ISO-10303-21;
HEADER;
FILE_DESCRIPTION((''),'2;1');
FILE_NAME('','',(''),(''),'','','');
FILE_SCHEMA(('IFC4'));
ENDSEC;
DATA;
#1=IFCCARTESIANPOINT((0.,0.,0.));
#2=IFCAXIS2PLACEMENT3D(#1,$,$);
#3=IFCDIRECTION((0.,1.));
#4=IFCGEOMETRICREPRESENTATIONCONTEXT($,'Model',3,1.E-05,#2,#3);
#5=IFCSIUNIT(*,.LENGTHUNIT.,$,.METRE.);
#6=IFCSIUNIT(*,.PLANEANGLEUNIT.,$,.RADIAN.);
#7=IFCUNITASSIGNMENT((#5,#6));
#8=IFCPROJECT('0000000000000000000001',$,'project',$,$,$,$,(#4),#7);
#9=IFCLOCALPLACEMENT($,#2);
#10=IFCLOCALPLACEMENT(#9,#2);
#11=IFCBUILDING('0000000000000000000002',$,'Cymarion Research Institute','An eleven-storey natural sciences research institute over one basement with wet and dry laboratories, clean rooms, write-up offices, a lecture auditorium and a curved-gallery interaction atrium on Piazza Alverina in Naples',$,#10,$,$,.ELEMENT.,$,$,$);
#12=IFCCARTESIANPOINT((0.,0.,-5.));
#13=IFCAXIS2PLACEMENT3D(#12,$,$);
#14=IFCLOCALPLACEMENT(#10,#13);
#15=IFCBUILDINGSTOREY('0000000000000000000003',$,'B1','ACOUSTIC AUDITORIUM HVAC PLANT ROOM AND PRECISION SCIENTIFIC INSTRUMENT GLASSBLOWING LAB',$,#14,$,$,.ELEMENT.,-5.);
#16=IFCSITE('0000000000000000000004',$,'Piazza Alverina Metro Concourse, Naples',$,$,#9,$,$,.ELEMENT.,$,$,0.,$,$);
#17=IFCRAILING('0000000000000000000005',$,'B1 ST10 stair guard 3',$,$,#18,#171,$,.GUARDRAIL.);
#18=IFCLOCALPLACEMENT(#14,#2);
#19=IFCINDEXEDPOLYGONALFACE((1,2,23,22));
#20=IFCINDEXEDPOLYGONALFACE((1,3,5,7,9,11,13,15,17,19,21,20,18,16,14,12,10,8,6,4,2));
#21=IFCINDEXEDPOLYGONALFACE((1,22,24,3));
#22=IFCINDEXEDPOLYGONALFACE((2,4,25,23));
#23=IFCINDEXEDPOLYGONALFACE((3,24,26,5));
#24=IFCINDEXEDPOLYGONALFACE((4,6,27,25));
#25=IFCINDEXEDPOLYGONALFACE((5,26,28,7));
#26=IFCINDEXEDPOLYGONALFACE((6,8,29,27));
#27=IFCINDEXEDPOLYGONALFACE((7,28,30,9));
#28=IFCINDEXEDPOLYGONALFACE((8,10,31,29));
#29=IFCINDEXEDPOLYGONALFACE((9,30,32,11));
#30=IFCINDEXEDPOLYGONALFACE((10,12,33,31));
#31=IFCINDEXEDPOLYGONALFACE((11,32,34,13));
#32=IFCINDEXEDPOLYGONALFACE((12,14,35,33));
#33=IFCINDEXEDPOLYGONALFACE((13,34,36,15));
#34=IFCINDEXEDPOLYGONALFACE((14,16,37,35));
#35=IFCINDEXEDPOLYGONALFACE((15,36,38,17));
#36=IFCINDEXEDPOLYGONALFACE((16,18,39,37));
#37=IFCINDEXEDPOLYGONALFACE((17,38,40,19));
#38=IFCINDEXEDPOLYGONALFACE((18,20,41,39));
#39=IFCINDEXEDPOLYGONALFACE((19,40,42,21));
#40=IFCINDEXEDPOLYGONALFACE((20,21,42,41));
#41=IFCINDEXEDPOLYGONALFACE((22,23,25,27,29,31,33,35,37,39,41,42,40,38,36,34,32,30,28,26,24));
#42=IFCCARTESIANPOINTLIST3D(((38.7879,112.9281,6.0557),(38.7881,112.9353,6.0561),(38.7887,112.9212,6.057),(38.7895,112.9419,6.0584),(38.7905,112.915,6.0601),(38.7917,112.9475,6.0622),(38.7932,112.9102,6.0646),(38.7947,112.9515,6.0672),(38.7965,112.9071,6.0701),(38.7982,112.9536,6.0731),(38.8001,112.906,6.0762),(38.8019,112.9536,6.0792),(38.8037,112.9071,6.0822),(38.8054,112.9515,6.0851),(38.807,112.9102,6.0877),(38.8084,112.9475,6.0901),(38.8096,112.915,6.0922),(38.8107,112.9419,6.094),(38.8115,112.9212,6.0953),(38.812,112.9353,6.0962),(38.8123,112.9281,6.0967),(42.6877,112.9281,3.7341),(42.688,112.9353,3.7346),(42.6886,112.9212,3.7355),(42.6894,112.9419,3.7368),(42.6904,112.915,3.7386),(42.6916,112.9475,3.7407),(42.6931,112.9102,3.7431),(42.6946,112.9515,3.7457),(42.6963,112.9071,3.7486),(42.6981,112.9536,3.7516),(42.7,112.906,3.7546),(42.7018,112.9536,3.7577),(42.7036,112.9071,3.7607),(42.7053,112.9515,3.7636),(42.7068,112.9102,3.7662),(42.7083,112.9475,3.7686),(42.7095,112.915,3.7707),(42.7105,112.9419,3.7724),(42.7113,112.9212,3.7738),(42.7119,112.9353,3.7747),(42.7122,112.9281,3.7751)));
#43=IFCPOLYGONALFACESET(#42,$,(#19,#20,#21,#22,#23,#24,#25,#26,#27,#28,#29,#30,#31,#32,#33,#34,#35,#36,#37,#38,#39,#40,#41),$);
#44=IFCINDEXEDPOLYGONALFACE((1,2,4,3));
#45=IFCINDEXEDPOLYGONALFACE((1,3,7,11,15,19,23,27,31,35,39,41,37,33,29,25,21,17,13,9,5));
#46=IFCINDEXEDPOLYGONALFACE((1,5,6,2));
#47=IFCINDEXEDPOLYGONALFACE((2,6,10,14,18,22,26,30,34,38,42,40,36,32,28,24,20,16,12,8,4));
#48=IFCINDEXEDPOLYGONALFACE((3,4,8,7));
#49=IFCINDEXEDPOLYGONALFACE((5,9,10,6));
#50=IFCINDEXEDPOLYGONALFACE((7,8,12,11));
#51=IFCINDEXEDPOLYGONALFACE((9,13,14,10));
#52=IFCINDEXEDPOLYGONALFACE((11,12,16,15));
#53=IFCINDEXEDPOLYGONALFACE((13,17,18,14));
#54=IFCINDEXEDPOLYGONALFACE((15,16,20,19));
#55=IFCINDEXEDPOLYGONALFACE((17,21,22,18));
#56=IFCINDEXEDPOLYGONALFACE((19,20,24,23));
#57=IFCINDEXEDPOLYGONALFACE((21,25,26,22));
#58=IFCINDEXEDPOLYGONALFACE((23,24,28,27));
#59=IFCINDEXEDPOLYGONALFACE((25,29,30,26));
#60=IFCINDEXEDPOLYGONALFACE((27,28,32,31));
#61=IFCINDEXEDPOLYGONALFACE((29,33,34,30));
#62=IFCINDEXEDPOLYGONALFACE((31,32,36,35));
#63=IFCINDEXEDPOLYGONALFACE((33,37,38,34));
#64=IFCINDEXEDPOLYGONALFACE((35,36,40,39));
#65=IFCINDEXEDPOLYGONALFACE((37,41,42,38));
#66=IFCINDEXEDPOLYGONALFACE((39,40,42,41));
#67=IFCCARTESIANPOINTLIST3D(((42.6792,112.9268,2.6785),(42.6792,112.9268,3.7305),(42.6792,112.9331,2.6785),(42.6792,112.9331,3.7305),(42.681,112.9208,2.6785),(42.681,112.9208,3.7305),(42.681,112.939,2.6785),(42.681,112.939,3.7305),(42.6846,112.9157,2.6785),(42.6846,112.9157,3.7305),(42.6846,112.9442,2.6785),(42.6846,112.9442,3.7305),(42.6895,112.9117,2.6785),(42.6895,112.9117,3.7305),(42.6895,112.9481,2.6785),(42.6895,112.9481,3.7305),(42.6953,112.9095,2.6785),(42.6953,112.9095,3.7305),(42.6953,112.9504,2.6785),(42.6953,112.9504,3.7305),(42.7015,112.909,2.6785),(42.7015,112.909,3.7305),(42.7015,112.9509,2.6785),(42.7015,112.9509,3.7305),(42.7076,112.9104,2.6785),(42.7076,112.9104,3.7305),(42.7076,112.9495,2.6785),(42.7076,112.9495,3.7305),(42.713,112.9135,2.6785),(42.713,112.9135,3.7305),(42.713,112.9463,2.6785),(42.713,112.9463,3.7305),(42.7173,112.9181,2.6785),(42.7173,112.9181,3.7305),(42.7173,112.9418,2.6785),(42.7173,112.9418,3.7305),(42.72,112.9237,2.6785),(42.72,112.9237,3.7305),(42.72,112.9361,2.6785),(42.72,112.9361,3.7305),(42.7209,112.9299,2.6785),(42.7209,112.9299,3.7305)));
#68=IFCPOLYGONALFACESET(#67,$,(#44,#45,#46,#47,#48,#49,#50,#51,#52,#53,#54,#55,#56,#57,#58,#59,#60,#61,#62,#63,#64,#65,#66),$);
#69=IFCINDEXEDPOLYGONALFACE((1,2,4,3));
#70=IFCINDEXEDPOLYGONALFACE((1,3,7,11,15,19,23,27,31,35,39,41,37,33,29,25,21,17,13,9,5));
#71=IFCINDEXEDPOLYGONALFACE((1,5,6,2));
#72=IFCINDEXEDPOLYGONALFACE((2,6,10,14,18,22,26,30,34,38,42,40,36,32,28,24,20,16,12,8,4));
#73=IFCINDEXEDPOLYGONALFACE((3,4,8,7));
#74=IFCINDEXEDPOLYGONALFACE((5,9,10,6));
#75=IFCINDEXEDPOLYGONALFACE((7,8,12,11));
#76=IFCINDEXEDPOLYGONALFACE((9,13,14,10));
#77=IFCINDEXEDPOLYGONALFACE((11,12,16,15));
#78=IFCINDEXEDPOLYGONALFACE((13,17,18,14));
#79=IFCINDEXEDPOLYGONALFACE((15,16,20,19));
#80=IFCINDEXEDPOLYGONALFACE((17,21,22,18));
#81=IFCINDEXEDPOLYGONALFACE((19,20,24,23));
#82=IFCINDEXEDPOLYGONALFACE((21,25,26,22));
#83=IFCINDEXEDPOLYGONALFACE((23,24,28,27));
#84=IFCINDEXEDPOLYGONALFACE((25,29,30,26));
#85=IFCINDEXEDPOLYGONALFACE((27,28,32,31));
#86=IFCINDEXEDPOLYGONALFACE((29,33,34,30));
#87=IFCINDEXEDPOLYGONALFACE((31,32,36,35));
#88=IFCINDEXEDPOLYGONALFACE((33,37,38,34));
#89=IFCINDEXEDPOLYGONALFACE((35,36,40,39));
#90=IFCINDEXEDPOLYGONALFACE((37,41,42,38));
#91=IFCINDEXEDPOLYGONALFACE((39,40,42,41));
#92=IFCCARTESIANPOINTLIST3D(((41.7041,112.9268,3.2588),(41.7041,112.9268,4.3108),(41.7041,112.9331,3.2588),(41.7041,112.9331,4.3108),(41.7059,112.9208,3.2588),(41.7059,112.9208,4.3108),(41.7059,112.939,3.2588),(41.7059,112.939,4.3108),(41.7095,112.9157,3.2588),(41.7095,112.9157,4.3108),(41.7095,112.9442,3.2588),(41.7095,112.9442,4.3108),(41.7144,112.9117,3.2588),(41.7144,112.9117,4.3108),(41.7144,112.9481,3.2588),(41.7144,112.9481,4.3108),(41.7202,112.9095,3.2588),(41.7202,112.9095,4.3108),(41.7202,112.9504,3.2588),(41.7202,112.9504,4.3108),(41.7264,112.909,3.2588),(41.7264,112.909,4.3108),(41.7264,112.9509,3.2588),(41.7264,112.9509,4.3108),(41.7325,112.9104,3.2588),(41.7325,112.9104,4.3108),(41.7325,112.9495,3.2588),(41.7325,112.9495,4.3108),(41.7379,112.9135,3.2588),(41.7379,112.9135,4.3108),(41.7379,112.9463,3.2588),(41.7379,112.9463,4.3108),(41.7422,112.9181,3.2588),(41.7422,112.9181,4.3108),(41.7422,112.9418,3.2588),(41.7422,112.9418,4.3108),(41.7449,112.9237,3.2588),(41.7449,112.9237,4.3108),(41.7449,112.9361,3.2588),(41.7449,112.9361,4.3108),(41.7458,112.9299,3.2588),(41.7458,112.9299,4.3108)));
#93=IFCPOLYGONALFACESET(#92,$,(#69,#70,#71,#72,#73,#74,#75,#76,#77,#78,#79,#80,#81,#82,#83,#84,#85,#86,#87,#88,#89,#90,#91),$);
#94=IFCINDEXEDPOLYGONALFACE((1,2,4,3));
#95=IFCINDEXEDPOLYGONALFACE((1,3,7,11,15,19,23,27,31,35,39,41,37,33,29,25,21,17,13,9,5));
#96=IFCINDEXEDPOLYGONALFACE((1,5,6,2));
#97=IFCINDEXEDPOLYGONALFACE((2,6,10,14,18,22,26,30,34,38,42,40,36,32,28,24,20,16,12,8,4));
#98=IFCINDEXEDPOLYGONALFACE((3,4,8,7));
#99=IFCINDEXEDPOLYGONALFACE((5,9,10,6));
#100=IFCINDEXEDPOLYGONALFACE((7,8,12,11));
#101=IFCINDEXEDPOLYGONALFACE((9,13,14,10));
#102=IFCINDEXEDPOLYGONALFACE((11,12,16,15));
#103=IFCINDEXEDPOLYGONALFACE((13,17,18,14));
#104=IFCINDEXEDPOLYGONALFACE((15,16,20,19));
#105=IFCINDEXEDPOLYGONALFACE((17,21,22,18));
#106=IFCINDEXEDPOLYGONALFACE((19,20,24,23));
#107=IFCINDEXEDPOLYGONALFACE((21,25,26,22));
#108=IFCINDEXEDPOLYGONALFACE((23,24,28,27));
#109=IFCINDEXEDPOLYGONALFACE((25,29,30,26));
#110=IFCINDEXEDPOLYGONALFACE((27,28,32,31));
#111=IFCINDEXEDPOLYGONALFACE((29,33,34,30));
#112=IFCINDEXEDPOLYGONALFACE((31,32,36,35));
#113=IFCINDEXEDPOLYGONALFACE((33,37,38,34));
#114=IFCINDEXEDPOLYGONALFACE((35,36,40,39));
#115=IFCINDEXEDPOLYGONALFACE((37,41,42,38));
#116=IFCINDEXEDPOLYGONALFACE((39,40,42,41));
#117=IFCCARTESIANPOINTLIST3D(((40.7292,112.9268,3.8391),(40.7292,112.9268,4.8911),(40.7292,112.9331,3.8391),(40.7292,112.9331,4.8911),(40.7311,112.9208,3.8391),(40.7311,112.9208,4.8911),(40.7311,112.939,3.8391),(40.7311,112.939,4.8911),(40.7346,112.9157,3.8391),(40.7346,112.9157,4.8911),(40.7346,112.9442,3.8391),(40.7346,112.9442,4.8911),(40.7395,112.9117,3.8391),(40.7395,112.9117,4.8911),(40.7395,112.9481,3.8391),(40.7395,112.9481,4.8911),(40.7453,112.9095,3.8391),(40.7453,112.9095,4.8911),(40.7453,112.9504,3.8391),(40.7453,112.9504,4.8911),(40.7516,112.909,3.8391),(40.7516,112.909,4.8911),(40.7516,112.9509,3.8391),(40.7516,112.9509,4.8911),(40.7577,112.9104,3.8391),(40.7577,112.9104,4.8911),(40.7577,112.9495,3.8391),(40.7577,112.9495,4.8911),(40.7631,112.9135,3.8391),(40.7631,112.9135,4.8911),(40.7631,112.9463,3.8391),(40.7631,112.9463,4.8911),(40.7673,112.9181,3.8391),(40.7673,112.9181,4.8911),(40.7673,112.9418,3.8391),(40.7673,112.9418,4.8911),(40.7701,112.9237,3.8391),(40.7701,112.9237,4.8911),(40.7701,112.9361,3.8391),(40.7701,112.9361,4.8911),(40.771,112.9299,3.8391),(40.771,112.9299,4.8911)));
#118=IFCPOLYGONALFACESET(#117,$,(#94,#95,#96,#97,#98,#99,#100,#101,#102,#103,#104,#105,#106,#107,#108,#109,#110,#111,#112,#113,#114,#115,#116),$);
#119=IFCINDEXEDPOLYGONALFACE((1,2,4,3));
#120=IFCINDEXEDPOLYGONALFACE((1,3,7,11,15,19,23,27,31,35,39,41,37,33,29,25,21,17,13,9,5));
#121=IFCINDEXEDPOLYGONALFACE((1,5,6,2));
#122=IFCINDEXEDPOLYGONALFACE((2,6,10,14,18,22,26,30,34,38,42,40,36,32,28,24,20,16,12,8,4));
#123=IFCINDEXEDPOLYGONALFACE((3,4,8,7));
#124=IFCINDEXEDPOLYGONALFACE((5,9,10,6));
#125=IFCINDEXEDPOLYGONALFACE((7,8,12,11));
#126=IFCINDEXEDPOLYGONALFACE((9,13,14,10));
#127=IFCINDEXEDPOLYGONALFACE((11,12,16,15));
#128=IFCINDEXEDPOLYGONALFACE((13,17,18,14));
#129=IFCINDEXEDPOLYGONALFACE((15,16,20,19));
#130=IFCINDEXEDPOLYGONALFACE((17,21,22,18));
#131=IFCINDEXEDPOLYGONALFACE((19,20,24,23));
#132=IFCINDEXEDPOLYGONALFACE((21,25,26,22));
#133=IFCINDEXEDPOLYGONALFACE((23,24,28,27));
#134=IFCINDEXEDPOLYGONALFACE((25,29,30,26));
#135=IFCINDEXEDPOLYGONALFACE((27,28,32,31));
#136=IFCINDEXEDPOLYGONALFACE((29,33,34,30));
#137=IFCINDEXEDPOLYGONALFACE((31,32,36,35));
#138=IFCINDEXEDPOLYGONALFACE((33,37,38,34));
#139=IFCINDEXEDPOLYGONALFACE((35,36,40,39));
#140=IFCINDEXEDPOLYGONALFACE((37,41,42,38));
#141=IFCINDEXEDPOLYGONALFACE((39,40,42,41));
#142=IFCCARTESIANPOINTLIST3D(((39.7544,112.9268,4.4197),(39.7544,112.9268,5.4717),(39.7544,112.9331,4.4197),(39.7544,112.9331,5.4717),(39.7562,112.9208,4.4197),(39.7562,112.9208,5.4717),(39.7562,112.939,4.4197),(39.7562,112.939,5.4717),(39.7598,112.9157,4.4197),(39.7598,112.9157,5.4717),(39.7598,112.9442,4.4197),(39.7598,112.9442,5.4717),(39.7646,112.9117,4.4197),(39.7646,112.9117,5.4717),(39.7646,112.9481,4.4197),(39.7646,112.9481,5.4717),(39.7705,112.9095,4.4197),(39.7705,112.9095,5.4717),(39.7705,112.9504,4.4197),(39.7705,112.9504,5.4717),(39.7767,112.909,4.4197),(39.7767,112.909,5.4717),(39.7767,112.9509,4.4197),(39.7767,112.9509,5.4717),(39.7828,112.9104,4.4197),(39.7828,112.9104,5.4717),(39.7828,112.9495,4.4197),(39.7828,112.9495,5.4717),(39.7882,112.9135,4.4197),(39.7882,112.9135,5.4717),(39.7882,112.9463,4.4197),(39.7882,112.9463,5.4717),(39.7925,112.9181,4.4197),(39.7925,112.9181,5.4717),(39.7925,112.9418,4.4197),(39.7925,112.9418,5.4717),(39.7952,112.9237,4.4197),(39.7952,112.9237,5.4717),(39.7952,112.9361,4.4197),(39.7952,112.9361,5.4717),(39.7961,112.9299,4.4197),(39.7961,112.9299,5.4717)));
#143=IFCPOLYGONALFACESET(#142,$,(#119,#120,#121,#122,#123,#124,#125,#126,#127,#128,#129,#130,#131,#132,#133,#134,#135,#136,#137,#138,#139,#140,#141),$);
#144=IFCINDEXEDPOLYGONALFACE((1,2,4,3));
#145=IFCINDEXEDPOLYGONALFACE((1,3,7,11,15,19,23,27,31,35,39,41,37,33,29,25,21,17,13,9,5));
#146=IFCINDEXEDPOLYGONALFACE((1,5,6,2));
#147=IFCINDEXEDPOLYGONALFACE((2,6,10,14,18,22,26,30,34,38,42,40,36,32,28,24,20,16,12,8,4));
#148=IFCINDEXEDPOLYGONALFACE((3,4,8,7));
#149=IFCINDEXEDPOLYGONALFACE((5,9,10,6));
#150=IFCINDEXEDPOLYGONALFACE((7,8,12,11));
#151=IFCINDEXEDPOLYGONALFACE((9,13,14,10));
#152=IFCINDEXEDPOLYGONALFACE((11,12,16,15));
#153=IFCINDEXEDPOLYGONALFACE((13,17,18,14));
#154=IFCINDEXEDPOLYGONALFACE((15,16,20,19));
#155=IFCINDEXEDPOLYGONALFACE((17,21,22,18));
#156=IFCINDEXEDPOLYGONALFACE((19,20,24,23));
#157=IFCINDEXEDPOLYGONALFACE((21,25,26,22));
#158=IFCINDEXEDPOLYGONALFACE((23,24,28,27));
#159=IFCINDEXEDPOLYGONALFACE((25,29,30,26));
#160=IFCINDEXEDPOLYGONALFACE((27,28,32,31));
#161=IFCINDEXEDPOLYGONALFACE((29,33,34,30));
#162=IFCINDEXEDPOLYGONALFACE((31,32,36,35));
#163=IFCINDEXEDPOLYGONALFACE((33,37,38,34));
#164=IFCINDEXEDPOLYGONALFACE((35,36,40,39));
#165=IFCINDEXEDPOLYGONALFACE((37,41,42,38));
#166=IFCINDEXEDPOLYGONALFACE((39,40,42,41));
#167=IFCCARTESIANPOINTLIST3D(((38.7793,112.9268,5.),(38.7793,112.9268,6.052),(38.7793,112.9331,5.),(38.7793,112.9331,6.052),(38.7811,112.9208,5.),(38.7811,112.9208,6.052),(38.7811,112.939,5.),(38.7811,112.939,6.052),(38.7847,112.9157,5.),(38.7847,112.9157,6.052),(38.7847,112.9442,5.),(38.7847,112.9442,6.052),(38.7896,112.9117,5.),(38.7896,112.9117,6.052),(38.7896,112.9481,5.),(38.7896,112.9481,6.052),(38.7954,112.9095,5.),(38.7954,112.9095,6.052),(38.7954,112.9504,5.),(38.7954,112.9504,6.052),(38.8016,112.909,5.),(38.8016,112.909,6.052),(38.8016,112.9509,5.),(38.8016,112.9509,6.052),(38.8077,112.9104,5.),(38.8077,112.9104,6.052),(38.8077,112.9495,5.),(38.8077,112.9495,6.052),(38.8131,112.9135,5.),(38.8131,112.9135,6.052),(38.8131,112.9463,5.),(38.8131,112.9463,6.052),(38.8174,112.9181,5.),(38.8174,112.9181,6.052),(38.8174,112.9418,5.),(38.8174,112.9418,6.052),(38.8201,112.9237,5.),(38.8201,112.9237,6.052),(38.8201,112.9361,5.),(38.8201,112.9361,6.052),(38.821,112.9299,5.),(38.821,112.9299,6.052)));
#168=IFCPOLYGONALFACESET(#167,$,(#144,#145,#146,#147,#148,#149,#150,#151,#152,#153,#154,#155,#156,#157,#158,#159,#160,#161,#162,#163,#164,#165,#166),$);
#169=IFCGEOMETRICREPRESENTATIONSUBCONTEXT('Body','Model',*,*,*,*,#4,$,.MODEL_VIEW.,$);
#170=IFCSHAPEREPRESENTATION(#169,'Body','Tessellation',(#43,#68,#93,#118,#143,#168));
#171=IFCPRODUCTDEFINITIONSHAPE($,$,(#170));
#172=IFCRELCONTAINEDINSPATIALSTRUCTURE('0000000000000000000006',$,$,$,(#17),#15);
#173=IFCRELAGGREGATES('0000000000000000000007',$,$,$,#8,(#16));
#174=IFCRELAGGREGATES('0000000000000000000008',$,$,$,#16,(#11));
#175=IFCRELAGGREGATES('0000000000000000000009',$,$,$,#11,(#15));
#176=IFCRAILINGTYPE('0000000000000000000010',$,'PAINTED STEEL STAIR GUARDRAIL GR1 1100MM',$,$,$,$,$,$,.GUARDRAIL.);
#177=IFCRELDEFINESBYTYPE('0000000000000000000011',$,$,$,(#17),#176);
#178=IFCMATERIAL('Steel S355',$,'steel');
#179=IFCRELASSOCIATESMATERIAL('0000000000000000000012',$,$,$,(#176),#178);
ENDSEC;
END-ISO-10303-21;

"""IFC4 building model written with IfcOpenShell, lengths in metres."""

from ifc_helpers import new_model, si_unit, direction, frame, origin, origin_2d, place, context, subcontext, project, spatial, circle, extrude, material, type_object, element, save


model = new_model("IFC4")

# Units and contexts
model_context = context("Model", 3, precision=1e-05, world=origin(), true_north=direction((0.0, 1.0)))
body_context = subcontext(model_context, "Body", "Model", "MODEL_VIEW")
ifc_project = project(units=[si_unit("LENGTHUNIT", "METRE"), si_unit("PLANEANGLEUNIT", "RADIAN")], contexts=[model_context])

# Site, building, storey
site_placement = place(None, origin())
site = spatial("IfcSite", under=ifc_project, at=site_placement, Name="Piazza Alverina Metro Concourse, Naples", CompositionType="ELEMENT", RefElevation=0.0)
building_placement = place(site_placement, origin())
building = spatial("IfcBuilding", under=site, at=building_placement, Name="Cymarion Research Institute", Description="An eleven-storey natural sciences research institute over one basement with wet and dry laboratories, clean rooms, write-up offices, a lecture auditorium and a curved-gallery interaction atrium on Piazza Alverina in Naples", CompositionType="ELEMENT")
storey_placement = place(building_placement, frame((0.0, 0.0, -5.0)))
storey = spatial("IfcBuildingStorey", under=building, at=storey_placement, Name="B1", Description="ACOUSTIC AUDITORIUM HVAC PLANT ROOM AND PRECISION SCIENTIFIC INSTRUMENT GLASSBLOWING LAB", CompositionType="ELEMENT", Elevation=-5.0)

# Shared definitions
ifc_material_1 = material(Name="Steel S355", Category="steel")

# Railing
railing_type_1 = type_object("IfcRailingType", Name="PAINTED STEEL STAIR GUARDRAIL GR1 1100MM", PredefinedType="GUARDRAIL", material=ifc_material_1)
railing_1_placement = place(storey_placement, frame((42.7, 112.9299, 2.6785)))
element("IfcRailing", 1, at=railing_1_placement, inside=storey, type_object=railing_type_1, Name="B1 ST10 stair guard 3", PredefinedType="GUARDRAIL", context=body_context, shape_type="SweptSolid", body=[
    extrude(circle(Radius=0.0239, at=origin_2d()), frame((0.0, 0.0, 1.0762), z_axis=(-0.859277, 0.0, 0.51151), x_axis=(0.0, -1.0, 0.0)), (0.0, 0.0, 1.0), 4.5386),
    extrude(circle(Radius=0.021, at=origin_2d()), origin(), (0.0, 0.0, 1.0), 1.052),
    extrude(circle(Radius=0.021, at=origin_2d()), frame((-0.9751, 0.0, 0.5803)), (0.0, 0.0, 1.0), 1.052),
    extrude(circle(Radius=0.021, at=origin_2d()), frame((-1.95, 0.0, 1.1606)), (0.0, 0.0, 1.0), 1.052),
    extrude(circle(Radius=0.021, at=origin_2d()), frame((-2.9248, 0.0, 1.7412)), (0.0, 0.0, 1.0), 1.052),
    extrude(circle(Radius=0.021, at=origin_2d()), frame((-3.8999, 0.0, 2.3215)), (0.0, 0.0, 1.0), 1.052),
])

save(model, "model.ifc")
